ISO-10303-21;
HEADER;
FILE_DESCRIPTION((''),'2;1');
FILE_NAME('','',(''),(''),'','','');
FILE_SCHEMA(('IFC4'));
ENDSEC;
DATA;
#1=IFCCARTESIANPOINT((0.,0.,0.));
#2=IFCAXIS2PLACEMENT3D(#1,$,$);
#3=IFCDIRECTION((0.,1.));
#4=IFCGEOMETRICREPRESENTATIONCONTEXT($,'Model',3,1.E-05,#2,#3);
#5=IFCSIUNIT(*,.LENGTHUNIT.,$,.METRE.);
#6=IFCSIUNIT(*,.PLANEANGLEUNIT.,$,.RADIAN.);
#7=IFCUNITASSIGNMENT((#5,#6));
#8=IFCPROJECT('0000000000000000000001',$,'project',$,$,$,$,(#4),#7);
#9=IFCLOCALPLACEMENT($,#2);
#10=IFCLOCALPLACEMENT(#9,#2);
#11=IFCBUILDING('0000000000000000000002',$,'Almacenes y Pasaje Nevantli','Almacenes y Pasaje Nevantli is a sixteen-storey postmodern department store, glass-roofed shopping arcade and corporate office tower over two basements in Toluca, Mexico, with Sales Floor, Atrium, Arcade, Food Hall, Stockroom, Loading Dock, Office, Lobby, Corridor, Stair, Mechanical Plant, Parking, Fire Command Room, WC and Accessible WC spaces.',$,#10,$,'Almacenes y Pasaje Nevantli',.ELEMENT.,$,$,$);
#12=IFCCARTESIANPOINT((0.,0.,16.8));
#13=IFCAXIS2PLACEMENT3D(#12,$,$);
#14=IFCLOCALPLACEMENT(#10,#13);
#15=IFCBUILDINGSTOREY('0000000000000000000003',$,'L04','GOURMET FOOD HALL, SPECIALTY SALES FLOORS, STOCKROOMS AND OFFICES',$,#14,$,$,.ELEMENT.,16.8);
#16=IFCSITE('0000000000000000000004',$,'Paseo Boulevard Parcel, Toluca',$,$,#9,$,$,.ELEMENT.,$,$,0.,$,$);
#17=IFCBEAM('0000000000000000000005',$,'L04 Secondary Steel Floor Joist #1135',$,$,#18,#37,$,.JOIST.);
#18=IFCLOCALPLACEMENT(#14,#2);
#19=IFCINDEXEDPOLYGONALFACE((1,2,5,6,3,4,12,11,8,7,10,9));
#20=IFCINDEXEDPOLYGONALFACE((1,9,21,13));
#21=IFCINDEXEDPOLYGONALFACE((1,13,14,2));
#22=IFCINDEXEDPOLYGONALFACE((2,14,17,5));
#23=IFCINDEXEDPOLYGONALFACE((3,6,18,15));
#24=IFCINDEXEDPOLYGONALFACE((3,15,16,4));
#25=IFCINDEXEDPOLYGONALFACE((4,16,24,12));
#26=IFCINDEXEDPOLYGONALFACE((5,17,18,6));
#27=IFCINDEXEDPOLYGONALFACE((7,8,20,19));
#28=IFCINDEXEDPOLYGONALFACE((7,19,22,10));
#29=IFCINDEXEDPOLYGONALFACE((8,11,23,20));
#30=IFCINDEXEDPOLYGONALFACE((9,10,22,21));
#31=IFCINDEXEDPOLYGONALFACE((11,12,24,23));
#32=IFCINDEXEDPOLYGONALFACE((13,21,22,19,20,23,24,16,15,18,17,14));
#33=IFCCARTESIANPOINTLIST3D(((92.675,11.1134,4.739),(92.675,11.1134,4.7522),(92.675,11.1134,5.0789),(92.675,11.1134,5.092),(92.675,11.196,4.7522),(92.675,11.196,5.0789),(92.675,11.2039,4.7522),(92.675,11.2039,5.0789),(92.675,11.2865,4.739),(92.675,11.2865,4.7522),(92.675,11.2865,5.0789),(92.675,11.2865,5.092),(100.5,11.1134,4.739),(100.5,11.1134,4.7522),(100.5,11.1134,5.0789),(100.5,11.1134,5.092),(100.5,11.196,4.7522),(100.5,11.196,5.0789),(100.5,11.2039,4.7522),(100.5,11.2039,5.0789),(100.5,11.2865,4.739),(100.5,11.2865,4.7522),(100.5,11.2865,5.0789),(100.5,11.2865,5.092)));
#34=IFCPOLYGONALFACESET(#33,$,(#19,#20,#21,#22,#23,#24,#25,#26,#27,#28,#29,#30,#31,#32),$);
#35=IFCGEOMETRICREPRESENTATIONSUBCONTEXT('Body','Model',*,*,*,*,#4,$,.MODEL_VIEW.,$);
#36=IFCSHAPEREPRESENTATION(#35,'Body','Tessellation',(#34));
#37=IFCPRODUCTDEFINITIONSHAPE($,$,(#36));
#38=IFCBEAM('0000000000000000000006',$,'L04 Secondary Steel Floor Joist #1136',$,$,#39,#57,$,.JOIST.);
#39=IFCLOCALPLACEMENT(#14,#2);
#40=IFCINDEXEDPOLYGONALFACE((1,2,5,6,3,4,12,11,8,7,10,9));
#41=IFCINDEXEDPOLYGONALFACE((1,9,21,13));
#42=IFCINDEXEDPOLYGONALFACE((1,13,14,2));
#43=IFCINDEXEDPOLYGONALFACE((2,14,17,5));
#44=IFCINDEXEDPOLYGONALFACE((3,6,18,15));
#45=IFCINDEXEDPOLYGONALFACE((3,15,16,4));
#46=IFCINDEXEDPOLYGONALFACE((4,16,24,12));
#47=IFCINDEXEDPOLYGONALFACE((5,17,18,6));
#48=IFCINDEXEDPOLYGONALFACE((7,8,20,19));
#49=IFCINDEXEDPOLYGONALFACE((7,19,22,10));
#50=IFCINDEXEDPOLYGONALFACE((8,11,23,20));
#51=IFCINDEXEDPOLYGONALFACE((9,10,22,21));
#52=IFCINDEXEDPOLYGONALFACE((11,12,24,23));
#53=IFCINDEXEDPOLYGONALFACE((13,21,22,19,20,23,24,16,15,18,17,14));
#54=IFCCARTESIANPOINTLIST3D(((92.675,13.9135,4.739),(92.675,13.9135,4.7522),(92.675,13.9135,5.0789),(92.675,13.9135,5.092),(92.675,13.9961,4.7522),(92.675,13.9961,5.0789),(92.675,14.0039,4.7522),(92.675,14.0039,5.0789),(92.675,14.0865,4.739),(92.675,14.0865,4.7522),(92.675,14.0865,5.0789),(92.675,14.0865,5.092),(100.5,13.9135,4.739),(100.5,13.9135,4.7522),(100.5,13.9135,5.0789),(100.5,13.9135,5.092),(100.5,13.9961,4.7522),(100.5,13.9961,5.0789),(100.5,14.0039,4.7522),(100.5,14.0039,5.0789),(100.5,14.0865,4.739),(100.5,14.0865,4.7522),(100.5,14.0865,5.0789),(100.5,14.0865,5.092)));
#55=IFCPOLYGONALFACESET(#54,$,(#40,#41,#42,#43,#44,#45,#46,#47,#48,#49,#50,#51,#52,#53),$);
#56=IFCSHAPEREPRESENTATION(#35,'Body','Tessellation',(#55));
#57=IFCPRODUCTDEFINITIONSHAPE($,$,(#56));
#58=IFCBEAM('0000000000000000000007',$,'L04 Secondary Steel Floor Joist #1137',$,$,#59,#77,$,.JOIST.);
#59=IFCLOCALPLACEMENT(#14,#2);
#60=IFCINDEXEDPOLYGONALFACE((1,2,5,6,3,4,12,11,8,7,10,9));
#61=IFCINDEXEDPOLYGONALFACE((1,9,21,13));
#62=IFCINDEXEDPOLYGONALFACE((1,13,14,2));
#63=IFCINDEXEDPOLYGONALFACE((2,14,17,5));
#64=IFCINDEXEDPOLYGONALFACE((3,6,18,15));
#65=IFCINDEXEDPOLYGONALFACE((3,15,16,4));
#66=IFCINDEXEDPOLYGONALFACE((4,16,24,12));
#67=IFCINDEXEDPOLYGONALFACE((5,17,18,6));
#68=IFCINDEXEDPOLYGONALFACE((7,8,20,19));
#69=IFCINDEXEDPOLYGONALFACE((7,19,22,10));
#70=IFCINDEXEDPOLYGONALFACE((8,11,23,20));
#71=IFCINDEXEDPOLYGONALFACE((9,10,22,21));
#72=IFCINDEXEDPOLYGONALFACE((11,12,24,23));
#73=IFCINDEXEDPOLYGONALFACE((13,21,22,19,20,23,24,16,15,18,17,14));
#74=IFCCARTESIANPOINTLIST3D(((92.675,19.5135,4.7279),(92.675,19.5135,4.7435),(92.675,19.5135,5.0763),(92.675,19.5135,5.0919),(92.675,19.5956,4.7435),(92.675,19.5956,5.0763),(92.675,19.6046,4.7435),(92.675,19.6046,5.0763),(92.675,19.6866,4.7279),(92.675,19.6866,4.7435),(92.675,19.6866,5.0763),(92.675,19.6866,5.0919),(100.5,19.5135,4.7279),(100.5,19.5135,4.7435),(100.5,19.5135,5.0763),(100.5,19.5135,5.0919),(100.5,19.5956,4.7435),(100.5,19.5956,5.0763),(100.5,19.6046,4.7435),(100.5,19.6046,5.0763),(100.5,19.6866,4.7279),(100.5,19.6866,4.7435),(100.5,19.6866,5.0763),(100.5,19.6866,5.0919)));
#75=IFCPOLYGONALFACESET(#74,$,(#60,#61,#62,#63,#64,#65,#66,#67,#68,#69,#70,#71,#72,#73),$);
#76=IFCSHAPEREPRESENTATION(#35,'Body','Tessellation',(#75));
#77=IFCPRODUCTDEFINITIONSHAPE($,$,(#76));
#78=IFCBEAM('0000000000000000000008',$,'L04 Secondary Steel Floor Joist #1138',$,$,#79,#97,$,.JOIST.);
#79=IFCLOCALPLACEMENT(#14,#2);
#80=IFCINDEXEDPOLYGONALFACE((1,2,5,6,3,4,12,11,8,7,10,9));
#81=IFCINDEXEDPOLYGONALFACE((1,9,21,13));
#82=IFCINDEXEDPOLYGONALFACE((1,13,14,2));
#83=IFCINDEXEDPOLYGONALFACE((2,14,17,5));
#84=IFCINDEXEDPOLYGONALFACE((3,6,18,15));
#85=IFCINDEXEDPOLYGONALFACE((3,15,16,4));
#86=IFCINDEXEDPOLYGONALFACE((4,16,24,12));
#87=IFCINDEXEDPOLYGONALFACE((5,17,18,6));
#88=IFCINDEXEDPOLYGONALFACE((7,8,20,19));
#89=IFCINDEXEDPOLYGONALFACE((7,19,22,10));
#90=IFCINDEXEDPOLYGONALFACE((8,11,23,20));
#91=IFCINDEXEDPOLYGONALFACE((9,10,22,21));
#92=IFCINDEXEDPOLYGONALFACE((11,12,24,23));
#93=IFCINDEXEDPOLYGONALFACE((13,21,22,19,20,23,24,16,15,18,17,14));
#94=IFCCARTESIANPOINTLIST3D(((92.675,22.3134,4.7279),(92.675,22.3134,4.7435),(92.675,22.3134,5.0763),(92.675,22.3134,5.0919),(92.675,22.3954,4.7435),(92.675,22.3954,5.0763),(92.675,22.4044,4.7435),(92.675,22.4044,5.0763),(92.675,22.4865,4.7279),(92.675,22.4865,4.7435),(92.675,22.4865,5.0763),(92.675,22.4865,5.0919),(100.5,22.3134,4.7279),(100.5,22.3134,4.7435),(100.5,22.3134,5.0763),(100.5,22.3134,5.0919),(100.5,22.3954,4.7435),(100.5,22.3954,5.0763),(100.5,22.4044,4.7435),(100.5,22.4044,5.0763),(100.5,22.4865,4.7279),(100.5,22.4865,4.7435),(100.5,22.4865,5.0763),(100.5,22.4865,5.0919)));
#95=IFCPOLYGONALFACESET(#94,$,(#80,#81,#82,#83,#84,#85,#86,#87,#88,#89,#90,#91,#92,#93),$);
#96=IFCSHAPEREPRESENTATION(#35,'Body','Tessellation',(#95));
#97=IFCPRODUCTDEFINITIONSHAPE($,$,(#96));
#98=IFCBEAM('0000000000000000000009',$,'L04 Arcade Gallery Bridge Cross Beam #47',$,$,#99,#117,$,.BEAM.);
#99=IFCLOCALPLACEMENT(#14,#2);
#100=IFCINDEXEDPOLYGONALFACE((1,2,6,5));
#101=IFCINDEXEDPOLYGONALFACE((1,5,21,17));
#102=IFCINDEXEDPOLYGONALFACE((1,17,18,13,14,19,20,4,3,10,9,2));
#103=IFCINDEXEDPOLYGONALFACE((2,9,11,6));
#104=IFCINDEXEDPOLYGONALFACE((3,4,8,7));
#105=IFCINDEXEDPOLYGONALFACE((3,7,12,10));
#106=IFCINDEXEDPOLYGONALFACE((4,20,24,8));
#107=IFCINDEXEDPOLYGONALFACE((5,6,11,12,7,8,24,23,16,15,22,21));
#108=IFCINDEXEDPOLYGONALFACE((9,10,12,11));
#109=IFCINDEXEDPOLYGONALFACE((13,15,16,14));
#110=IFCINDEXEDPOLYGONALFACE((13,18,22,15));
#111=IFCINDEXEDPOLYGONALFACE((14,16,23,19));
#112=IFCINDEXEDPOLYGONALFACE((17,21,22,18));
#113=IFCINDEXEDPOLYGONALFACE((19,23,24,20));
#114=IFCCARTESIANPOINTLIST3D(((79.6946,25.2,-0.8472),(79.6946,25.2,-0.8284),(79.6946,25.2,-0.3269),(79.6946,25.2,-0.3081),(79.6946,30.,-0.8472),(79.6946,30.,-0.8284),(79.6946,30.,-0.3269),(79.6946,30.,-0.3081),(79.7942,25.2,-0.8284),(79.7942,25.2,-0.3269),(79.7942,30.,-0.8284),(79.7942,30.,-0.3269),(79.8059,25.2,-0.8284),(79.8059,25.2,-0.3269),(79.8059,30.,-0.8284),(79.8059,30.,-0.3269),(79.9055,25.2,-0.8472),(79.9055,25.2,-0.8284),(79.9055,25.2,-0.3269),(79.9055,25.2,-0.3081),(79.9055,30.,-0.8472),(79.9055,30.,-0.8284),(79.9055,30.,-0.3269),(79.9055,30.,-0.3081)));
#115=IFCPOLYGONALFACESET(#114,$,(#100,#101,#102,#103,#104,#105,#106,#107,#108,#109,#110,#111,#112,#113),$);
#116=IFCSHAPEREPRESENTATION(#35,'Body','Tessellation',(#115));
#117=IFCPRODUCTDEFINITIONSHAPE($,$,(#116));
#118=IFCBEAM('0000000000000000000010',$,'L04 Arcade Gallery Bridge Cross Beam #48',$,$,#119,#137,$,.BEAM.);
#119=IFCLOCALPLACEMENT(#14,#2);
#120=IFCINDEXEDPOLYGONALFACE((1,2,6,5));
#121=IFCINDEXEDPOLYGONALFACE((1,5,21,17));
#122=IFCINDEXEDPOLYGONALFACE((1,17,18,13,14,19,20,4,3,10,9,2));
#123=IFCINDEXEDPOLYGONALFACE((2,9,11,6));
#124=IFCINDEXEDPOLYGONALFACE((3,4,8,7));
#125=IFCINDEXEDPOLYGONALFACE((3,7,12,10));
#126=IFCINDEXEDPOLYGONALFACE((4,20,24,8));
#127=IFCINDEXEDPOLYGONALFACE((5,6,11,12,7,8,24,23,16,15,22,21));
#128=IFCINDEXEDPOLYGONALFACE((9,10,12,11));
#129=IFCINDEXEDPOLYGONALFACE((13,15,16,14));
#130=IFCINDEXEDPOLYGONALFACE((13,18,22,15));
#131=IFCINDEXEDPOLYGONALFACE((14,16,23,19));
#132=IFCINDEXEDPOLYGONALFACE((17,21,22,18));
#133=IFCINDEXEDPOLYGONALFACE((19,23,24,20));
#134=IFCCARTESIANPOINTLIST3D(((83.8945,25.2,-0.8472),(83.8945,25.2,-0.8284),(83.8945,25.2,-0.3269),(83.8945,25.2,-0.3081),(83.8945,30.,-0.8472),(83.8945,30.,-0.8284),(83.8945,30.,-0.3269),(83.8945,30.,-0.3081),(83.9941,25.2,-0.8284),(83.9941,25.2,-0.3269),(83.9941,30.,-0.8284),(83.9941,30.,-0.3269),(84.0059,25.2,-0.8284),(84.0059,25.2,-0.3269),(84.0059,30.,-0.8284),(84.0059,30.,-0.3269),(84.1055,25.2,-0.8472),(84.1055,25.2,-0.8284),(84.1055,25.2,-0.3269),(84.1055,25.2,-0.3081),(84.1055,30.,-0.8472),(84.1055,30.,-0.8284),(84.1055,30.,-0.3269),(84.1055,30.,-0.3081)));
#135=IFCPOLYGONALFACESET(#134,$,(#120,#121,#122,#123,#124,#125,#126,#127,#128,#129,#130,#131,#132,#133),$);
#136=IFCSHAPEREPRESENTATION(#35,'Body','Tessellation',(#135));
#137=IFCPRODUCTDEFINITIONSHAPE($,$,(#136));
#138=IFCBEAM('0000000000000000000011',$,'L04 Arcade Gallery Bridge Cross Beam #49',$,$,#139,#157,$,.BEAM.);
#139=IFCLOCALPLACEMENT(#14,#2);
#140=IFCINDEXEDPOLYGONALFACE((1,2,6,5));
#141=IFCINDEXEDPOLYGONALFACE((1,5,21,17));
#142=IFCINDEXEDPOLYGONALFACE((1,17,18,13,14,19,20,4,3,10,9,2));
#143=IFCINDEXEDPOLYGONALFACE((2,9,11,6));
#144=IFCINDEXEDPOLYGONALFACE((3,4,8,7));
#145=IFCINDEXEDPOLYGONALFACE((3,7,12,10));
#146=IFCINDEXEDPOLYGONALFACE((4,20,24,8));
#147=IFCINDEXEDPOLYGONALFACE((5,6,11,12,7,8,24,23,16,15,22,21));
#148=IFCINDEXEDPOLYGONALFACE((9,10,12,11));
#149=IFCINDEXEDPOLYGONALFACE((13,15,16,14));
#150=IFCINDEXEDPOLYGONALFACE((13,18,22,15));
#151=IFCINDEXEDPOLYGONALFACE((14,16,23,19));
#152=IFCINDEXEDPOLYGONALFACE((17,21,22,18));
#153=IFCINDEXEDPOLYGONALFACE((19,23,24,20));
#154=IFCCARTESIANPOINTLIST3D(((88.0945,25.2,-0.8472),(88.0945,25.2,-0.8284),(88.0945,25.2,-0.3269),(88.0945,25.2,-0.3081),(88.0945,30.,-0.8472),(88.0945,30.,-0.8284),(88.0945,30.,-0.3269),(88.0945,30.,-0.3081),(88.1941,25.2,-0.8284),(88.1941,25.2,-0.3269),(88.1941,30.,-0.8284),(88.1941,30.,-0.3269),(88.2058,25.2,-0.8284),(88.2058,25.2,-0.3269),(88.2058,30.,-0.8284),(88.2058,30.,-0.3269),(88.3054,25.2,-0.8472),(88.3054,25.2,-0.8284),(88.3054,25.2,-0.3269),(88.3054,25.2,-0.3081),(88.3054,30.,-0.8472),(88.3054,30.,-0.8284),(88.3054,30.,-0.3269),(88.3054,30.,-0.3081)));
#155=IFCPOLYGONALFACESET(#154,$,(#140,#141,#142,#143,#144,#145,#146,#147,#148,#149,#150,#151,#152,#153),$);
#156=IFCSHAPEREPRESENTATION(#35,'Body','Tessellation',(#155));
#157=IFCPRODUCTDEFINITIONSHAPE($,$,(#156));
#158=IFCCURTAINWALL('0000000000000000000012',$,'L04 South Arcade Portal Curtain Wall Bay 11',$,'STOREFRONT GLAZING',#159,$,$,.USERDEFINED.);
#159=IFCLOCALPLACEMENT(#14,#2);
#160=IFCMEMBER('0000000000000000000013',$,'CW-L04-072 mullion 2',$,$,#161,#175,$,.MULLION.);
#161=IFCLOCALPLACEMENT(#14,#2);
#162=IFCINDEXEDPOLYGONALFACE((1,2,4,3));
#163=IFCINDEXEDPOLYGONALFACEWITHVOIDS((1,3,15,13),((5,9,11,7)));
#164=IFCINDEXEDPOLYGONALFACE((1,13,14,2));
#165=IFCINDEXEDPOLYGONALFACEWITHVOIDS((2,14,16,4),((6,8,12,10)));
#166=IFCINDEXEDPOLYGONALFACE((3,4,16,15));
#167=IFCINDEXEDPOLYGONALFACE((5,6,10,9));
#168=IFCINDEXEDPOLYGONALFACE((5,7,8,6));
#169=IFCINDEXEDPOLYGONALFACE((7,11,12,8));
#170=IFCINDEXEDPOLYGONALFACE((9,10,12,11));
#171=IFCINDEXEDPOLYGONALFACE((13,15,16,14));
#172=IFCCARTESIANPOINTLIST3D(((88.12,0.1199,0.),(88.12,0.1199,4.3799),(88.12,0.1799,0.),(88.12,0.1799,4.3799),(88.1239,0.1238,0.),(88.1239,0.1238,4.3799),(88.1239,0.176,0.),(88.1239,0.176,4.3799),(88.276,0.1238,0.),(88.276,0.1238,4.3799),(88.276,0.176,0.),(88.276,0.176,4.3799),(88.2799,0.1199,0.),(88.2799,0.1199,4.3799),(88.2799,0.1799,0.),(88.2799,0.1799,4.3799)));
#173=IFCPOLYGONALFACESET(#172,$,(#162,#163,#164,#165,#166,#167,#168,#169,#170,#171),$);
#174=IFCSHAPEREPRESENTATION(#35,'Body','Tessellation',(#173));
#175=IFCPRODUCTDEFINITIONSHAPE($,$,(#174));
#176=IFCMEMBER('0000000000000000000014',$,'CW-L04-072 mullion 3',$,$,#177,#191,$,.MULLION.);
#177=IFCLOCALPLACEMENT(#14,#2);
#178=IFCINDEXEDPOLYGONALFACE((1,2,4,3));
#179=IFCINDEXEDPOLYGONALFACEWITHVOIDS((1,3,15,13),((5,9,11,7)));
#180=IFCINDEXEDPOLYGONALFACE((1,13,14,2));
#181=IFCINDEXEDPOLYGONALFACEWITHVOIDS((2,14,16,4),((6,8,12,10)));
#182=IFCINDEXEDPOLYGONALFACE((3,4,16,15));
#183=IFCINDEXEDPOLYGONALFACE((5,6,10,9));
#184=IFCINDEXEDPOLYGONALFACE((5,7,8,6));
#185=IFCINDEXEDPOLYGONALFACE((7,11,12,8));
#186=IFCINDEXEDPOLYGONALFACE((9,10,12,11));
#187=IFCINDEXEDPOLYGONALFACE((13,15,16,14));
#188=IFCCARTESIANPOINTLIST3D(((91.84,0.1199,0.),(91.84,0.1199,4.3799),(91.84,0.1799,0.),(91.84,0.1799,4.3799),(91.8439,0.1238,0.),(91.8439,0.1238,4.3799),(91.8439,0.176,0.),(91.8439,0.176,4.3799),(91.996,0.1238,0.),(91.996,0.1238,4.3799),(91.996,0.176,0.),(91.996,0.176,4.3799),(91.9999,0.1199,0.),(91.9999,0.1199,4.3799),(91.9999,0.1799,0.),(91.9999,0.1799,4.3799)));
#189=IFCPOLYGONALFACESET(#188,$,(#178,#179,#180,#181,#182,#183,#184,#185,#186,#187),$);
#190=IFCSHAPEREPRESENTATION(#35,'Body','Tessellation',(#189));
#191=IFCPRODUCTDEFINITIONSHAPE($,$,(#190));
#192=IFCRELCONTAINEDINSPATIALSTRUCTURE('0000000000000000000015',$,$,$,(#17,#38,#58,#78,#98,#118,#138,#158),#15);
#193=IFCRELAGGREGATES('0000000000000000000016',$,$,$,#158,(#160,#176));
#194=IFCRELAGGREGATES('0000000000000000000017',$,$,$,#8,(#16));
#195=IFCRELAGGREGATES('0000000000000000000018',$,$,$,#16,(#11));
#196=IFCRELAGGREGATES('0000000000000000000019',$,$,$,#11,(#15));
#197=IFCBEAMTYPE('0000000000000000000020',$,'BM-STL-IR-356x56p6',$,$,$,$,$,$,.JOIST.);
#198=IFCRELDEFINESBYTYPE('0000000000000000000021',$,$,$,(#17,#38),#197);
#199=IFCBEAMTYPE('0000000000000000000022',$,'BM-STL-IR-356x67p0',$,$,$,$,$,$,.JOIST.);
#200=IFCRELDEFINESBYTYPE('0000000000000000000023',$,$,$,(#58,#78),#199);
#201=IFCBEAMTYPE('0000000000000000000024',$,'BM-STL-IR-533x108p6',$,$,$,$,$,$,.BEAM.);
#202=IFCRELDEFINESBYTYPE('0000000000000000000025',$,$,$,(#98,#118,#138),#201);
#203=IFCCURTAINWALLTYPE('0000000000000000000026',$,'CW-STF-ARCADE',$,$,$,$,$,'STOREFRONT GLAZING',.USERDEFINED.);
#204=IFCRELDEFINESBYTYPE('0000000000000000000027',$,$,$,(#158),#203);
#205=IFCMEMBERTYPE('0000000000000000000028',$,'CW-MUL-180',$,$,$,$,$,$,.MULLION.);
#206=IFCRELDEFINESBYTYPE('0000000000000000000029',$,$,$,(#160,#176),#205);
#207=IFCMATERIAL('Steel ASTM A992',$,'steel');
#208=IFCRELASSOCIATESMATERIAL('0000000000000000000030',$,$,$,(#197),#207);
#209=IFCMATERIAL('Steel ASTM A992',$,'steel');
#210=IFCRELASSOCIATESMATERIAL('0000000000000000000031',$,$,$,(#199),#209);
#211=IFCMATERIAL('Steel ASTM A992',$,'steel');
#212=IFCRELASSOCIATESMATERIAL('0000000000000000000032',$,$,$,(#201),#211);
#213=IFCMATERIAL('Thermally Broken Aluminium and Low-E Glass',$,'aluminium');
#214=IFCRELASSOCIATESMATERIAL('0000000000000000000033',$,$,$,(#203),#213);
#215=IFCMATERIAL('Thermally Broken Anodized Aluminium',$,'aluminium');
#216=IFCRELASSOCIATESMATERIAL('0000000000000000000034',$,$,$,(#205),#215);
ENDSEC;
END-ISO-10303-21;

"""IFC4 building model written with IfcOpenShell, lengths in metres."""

from ifc_helpers import new_model, si_unit, direction, frame, origin, origin_2d, place, context, subcontext, project, spatial, hollow_rectangle, i_section, extrude, material, material_profile, profile_set, type_object, element, aggregate, save


model = new_model("IFC4")

# Units and contexts
model_context = context("Model", 3, precision=1e-05, world=origin(), true_north=direction((0.0, 1.0)))
body_context = subcontext(model_context, "Body", "Model", "MODEL_VIEW")
ifc_project = project(units=[si_unit("LENGTHUNIT", "METRE"), si_unit("PLANEANGLEUNIT", "RADIAN")], contexts=[model_context])

# Site, building, storey
site_placement = place(None, origin())
site = spatial("IfcSite", under=ifc_project, at=site_placement, Name="Paseo Boulevard Parcel, Toluca", CompositionType="ELEMENT", RefElevation=0.0)
building_placement = place(site_placement, origin())
building = spatial("IfcBuilding", under=site, at=building_placement, Name="Almacenes y Pasaje Nevantli", Description="Almacenes y Pasaje Nevantli is a sixteen-storey postmodern department store, glass-roofed shopping arcade and corporate office tower over two basements in Toluca, Mexico, with Sales Floor, Atrium, Arcade, Food Hall, Stockroom, Loading Dock, Office, Lobby, Corridor, Stair, Mechanical Plant, Parking, Fire Command Room, WC and Accessible WC spaces.", LongName="Almacenes y Pasaje Nevantli", CompositionType="ELEMENT")
storey_placement = place(building_placement, frame((0.0, 0.0, 16.8)))
storey = spatial("IfcBuildingStorey", under=building, at=storey_placement, Name="L04", Description="GOURMET FOOD HALL, SPECIALTY SALES FLOORS, STOCKROOMS AND OFFICES", CompositionType="ELEMENT", Elevation=16.8)

# Beams
ifc_material_1 = material(Name="Steel ASTM A992", Category="steel")
ifc_material_profile_1 = material_profile(ifc_material_1, i_section(OverallWidth=0.1731, OverallDepth=0.353, WebThickness=0.0078, FlangeThickness=0.0132, at=origin_2d()), Name="IR 356x56.6")
ifc_profile_set_1 = profile_set([ifc_material_profile_1], Name="Steel ASTM A992")
beam_type_1 = type_object("IfcBeamType", Name="BM-STL-IR-356x56p6", PredefinedType="JOIST", material=ifc_profile_set_1)
for number, where, z_axis, x_axis, name in (
    (1, (92.675, 11.2, 4.9155), (1.0, 0.0, 0.0), (0.0, 1.0, 0.0), "L04 Secondary Steel Floor Joist #1135"),
    (2, (92.675, 14.0, 4.9155), (1.0, 0.0, 0.0), (0.0, 1.0, 0.0), "L04 Secondary Steel Floor Joist #1136"),
):
    element("IfcBeam", number, at=place(storey_placement, frame(where, z_axis=z_axis, x_axis=x_axis)), inside=storey, type_object=beam_type_1, Name=name, PredefinedType="JOIST", context=body_context, shape_type="SweptSolid", body=[
        extrude(i_section(OverallWidth=0.1731, OverallDepth=0.353, WebThickness=0.0078, FlangeThickness=0.0132, at=origin_2d()), origin(), (0.0, 0.0, 1.0), 7.825),
    ])
ifc_material_2 = material(Name="Steel ASTM A992", Category="steel")
ifc_material_profile_2 = material_profile(ifc_material_2, i_section(OverallWidth=0.1731, OverallDepth=0.364, WebThickness=0.009, FlangeThickness=0.0156, at=origin_2d()), Name="IR 356x67.0")
ifc_profile_set_2 = profile_set([ifc_material_profile_2], Name="Steel ASTM A992")
beam_type_2 = type_object("IfcBeamType", Name="BM-STL-IR-356x67p0", PredefinedType="JOIST", material=ifc_profile_set_2)
for number, where, z_axis, x_axis, name in (
    (3, (92.675, 19.6001, 4.9099), (1.0, 0.0, 0.0), (0.0, 1.0, 0.0), "L04 Secondary Steel Floor Joist #1137"),
    (4, (92.675, 22.3999, 4.9099), (1.0, 0.0, 0.0), (0.0, 1.0, 0.0), "L04 Secondary Steel Floor Joist #1138"),
):
    element("IfcBeam", number, at=place(storey_placement, frame(where, z_axis=z_axis, x_axis=x_axis)), inside=storey, type_object=beam_type_2, Name=name, PredefinedType="JOIST", context=body_context, shape_type="SweptSolid", body=[
        extrude(i_section(OverallWidth=0.1731, OverallDepth=0.364, WebThickness=0.009, FlangeThickness=0.0156, at=origin_2d()), origin(), (0.0, 0.0, 1.0), 7.825),
    ])
ifc_material_3 = material(Name="Steel ASTM A992", Category="steel")
ifc_material_profile_3 = material_profile(ifc_material_3, i_section(OverallWidth=0.2109, OverallDepth=0.5391, WebThickness=0.0117, FlangeThickness=0.0188, at=origin_2d()), Name="IR 533x108.6")
ifc_profile_set_3 = profile_set([ifc_material_profile_3], Name="Steel ASTM A992")
beam_type_3 = type_object("IfcBeamType", Name="BM-STL-IR-533x108p6", PredefinedType="BEAM", material=ifc_profile_set_3)
for number, where, z_axis, x_axis, name in (
    (5, (79.8, 25.2, -0.5776), (0.0, 1.0, 0.0), (-1.0, 0.0, 0.0), "L04 Arcade Gallery Bridge Cross Beam #47"),
    (6, (84.0, 25.2, -0.5776), (0.0, 1.0, 0.0), (-1.0, 0.0, 0.0), "L04 Arcade Gallery Bridge Cross Beam #48"),
    (7, (88.2, 25.2, -0.5776), (0.0, 1.0, 0.0), (-1.0, 0.0, 0.0), "L04 Arcade Gallery Bridge Cross Beam #49"),
):
    element("IfcBeam", number, at=place(storey_placement, frame(where, z_axis=z_axis, x_axis=x_axis)), inside=storey, type_object=beam_type_3, Name=name, PredefinedType="BEAM", context=body_context, shape_type="SweptSolid", body=[
        extrude(i_section(OverallWidth=0.2109, OverallDepth=0.5391, WebThickness=0.0117, FlangeThickness=0.0188, at=origin_2d()), origin(), (0.0, 0.0, 1.0), 4.8),
    ])

# Curtain wall, members
ifc_material_4 = material(Name="Thermally Broken Aluminium and Low-E Glass", Category="aluminium")
curtain_wall_type = type_object("IfcCurtainWallType", Name="CW-STF-ARCADE", ElementType="STOREFRONT GLAZING", PredefinedType="USERDEFINED", material=ifc_material_4)
curtain_wall_placement = place(storey_placement, origin())
curtain_wall = element("IfcCurtainWall", 8, at=curtain_wall_placement, inside=storey, type_object=curtain_wall_type, Name="L04 South Arcade Portal Curtain Wall Bay 11", ObjectType="STOREFRONT GLAZING", PredefinedType="USERDEFINED")
ifc_material_5 = material(Name="Thermally Broken Anodized Aluminium", Category="aluminium")
ifc_material_profile_4 = material_profile(ifc_material_5, hollow_rectangle(XDim=0.0601, YDim=0.1599, WallThickness=0.0039, at=origin_2d()), Name="ALU-MUL-60x160")
ifc_profile_set_4 = profile_set([ifc_material_profile_4], Name="Thermally Broken Anodized Aluminium")
member_type_1 = type_object("IfcMemberType", Name="CW-MUL-180", PredefinedType="MULLION", material=ifc_profile_set_4)
member_1_placement = place(storey_placement, frame((88.2, 0.1499, 0.0), z_axis=(0.0, 0.0, 1.0), x_axis=(0.0, 1.0, 0.0)))
member_1 = element("IfcMember", 9, at=member_1_placement, type_object=member_type_1, Name="CW-L04-072 mullion 2", PredefinedType="MULLION", context=body_context, shape_type="SweptSolid", body=[
    extrude(hollow_rectangle(XDim=0.0601, YDim=0.1599, WallThickness=0.0039, at=origin_2d()), origin(), (0.0, 0.0, 1.0), 4.3799),
])
member_2_placement = place(storey_placement, frame((91.9199, 0.1499, 0.0), z_axis=(0.0, 0.0, 1.0), x_axis=(0.0, 1.0, 0.0)))
member_2 = element("IfcMember", 10, at=member_2_placement, type_object=member_type_1, Name="CW-L04-072 mullion 3", PredefinedType="MULLION", context=body_context, shape_type="SweptSolid", body=[
    extrude(hollow_rectangle(XDim=0.0601, YDim=0.1599, WallThickness=0.0039, at=origin_2d()), origin(), (0.0, 0.0, 1.0), 4.3799),
])
aggregate(curtain_wall, [member_1, member_2])

save(model, "model.ifc")
